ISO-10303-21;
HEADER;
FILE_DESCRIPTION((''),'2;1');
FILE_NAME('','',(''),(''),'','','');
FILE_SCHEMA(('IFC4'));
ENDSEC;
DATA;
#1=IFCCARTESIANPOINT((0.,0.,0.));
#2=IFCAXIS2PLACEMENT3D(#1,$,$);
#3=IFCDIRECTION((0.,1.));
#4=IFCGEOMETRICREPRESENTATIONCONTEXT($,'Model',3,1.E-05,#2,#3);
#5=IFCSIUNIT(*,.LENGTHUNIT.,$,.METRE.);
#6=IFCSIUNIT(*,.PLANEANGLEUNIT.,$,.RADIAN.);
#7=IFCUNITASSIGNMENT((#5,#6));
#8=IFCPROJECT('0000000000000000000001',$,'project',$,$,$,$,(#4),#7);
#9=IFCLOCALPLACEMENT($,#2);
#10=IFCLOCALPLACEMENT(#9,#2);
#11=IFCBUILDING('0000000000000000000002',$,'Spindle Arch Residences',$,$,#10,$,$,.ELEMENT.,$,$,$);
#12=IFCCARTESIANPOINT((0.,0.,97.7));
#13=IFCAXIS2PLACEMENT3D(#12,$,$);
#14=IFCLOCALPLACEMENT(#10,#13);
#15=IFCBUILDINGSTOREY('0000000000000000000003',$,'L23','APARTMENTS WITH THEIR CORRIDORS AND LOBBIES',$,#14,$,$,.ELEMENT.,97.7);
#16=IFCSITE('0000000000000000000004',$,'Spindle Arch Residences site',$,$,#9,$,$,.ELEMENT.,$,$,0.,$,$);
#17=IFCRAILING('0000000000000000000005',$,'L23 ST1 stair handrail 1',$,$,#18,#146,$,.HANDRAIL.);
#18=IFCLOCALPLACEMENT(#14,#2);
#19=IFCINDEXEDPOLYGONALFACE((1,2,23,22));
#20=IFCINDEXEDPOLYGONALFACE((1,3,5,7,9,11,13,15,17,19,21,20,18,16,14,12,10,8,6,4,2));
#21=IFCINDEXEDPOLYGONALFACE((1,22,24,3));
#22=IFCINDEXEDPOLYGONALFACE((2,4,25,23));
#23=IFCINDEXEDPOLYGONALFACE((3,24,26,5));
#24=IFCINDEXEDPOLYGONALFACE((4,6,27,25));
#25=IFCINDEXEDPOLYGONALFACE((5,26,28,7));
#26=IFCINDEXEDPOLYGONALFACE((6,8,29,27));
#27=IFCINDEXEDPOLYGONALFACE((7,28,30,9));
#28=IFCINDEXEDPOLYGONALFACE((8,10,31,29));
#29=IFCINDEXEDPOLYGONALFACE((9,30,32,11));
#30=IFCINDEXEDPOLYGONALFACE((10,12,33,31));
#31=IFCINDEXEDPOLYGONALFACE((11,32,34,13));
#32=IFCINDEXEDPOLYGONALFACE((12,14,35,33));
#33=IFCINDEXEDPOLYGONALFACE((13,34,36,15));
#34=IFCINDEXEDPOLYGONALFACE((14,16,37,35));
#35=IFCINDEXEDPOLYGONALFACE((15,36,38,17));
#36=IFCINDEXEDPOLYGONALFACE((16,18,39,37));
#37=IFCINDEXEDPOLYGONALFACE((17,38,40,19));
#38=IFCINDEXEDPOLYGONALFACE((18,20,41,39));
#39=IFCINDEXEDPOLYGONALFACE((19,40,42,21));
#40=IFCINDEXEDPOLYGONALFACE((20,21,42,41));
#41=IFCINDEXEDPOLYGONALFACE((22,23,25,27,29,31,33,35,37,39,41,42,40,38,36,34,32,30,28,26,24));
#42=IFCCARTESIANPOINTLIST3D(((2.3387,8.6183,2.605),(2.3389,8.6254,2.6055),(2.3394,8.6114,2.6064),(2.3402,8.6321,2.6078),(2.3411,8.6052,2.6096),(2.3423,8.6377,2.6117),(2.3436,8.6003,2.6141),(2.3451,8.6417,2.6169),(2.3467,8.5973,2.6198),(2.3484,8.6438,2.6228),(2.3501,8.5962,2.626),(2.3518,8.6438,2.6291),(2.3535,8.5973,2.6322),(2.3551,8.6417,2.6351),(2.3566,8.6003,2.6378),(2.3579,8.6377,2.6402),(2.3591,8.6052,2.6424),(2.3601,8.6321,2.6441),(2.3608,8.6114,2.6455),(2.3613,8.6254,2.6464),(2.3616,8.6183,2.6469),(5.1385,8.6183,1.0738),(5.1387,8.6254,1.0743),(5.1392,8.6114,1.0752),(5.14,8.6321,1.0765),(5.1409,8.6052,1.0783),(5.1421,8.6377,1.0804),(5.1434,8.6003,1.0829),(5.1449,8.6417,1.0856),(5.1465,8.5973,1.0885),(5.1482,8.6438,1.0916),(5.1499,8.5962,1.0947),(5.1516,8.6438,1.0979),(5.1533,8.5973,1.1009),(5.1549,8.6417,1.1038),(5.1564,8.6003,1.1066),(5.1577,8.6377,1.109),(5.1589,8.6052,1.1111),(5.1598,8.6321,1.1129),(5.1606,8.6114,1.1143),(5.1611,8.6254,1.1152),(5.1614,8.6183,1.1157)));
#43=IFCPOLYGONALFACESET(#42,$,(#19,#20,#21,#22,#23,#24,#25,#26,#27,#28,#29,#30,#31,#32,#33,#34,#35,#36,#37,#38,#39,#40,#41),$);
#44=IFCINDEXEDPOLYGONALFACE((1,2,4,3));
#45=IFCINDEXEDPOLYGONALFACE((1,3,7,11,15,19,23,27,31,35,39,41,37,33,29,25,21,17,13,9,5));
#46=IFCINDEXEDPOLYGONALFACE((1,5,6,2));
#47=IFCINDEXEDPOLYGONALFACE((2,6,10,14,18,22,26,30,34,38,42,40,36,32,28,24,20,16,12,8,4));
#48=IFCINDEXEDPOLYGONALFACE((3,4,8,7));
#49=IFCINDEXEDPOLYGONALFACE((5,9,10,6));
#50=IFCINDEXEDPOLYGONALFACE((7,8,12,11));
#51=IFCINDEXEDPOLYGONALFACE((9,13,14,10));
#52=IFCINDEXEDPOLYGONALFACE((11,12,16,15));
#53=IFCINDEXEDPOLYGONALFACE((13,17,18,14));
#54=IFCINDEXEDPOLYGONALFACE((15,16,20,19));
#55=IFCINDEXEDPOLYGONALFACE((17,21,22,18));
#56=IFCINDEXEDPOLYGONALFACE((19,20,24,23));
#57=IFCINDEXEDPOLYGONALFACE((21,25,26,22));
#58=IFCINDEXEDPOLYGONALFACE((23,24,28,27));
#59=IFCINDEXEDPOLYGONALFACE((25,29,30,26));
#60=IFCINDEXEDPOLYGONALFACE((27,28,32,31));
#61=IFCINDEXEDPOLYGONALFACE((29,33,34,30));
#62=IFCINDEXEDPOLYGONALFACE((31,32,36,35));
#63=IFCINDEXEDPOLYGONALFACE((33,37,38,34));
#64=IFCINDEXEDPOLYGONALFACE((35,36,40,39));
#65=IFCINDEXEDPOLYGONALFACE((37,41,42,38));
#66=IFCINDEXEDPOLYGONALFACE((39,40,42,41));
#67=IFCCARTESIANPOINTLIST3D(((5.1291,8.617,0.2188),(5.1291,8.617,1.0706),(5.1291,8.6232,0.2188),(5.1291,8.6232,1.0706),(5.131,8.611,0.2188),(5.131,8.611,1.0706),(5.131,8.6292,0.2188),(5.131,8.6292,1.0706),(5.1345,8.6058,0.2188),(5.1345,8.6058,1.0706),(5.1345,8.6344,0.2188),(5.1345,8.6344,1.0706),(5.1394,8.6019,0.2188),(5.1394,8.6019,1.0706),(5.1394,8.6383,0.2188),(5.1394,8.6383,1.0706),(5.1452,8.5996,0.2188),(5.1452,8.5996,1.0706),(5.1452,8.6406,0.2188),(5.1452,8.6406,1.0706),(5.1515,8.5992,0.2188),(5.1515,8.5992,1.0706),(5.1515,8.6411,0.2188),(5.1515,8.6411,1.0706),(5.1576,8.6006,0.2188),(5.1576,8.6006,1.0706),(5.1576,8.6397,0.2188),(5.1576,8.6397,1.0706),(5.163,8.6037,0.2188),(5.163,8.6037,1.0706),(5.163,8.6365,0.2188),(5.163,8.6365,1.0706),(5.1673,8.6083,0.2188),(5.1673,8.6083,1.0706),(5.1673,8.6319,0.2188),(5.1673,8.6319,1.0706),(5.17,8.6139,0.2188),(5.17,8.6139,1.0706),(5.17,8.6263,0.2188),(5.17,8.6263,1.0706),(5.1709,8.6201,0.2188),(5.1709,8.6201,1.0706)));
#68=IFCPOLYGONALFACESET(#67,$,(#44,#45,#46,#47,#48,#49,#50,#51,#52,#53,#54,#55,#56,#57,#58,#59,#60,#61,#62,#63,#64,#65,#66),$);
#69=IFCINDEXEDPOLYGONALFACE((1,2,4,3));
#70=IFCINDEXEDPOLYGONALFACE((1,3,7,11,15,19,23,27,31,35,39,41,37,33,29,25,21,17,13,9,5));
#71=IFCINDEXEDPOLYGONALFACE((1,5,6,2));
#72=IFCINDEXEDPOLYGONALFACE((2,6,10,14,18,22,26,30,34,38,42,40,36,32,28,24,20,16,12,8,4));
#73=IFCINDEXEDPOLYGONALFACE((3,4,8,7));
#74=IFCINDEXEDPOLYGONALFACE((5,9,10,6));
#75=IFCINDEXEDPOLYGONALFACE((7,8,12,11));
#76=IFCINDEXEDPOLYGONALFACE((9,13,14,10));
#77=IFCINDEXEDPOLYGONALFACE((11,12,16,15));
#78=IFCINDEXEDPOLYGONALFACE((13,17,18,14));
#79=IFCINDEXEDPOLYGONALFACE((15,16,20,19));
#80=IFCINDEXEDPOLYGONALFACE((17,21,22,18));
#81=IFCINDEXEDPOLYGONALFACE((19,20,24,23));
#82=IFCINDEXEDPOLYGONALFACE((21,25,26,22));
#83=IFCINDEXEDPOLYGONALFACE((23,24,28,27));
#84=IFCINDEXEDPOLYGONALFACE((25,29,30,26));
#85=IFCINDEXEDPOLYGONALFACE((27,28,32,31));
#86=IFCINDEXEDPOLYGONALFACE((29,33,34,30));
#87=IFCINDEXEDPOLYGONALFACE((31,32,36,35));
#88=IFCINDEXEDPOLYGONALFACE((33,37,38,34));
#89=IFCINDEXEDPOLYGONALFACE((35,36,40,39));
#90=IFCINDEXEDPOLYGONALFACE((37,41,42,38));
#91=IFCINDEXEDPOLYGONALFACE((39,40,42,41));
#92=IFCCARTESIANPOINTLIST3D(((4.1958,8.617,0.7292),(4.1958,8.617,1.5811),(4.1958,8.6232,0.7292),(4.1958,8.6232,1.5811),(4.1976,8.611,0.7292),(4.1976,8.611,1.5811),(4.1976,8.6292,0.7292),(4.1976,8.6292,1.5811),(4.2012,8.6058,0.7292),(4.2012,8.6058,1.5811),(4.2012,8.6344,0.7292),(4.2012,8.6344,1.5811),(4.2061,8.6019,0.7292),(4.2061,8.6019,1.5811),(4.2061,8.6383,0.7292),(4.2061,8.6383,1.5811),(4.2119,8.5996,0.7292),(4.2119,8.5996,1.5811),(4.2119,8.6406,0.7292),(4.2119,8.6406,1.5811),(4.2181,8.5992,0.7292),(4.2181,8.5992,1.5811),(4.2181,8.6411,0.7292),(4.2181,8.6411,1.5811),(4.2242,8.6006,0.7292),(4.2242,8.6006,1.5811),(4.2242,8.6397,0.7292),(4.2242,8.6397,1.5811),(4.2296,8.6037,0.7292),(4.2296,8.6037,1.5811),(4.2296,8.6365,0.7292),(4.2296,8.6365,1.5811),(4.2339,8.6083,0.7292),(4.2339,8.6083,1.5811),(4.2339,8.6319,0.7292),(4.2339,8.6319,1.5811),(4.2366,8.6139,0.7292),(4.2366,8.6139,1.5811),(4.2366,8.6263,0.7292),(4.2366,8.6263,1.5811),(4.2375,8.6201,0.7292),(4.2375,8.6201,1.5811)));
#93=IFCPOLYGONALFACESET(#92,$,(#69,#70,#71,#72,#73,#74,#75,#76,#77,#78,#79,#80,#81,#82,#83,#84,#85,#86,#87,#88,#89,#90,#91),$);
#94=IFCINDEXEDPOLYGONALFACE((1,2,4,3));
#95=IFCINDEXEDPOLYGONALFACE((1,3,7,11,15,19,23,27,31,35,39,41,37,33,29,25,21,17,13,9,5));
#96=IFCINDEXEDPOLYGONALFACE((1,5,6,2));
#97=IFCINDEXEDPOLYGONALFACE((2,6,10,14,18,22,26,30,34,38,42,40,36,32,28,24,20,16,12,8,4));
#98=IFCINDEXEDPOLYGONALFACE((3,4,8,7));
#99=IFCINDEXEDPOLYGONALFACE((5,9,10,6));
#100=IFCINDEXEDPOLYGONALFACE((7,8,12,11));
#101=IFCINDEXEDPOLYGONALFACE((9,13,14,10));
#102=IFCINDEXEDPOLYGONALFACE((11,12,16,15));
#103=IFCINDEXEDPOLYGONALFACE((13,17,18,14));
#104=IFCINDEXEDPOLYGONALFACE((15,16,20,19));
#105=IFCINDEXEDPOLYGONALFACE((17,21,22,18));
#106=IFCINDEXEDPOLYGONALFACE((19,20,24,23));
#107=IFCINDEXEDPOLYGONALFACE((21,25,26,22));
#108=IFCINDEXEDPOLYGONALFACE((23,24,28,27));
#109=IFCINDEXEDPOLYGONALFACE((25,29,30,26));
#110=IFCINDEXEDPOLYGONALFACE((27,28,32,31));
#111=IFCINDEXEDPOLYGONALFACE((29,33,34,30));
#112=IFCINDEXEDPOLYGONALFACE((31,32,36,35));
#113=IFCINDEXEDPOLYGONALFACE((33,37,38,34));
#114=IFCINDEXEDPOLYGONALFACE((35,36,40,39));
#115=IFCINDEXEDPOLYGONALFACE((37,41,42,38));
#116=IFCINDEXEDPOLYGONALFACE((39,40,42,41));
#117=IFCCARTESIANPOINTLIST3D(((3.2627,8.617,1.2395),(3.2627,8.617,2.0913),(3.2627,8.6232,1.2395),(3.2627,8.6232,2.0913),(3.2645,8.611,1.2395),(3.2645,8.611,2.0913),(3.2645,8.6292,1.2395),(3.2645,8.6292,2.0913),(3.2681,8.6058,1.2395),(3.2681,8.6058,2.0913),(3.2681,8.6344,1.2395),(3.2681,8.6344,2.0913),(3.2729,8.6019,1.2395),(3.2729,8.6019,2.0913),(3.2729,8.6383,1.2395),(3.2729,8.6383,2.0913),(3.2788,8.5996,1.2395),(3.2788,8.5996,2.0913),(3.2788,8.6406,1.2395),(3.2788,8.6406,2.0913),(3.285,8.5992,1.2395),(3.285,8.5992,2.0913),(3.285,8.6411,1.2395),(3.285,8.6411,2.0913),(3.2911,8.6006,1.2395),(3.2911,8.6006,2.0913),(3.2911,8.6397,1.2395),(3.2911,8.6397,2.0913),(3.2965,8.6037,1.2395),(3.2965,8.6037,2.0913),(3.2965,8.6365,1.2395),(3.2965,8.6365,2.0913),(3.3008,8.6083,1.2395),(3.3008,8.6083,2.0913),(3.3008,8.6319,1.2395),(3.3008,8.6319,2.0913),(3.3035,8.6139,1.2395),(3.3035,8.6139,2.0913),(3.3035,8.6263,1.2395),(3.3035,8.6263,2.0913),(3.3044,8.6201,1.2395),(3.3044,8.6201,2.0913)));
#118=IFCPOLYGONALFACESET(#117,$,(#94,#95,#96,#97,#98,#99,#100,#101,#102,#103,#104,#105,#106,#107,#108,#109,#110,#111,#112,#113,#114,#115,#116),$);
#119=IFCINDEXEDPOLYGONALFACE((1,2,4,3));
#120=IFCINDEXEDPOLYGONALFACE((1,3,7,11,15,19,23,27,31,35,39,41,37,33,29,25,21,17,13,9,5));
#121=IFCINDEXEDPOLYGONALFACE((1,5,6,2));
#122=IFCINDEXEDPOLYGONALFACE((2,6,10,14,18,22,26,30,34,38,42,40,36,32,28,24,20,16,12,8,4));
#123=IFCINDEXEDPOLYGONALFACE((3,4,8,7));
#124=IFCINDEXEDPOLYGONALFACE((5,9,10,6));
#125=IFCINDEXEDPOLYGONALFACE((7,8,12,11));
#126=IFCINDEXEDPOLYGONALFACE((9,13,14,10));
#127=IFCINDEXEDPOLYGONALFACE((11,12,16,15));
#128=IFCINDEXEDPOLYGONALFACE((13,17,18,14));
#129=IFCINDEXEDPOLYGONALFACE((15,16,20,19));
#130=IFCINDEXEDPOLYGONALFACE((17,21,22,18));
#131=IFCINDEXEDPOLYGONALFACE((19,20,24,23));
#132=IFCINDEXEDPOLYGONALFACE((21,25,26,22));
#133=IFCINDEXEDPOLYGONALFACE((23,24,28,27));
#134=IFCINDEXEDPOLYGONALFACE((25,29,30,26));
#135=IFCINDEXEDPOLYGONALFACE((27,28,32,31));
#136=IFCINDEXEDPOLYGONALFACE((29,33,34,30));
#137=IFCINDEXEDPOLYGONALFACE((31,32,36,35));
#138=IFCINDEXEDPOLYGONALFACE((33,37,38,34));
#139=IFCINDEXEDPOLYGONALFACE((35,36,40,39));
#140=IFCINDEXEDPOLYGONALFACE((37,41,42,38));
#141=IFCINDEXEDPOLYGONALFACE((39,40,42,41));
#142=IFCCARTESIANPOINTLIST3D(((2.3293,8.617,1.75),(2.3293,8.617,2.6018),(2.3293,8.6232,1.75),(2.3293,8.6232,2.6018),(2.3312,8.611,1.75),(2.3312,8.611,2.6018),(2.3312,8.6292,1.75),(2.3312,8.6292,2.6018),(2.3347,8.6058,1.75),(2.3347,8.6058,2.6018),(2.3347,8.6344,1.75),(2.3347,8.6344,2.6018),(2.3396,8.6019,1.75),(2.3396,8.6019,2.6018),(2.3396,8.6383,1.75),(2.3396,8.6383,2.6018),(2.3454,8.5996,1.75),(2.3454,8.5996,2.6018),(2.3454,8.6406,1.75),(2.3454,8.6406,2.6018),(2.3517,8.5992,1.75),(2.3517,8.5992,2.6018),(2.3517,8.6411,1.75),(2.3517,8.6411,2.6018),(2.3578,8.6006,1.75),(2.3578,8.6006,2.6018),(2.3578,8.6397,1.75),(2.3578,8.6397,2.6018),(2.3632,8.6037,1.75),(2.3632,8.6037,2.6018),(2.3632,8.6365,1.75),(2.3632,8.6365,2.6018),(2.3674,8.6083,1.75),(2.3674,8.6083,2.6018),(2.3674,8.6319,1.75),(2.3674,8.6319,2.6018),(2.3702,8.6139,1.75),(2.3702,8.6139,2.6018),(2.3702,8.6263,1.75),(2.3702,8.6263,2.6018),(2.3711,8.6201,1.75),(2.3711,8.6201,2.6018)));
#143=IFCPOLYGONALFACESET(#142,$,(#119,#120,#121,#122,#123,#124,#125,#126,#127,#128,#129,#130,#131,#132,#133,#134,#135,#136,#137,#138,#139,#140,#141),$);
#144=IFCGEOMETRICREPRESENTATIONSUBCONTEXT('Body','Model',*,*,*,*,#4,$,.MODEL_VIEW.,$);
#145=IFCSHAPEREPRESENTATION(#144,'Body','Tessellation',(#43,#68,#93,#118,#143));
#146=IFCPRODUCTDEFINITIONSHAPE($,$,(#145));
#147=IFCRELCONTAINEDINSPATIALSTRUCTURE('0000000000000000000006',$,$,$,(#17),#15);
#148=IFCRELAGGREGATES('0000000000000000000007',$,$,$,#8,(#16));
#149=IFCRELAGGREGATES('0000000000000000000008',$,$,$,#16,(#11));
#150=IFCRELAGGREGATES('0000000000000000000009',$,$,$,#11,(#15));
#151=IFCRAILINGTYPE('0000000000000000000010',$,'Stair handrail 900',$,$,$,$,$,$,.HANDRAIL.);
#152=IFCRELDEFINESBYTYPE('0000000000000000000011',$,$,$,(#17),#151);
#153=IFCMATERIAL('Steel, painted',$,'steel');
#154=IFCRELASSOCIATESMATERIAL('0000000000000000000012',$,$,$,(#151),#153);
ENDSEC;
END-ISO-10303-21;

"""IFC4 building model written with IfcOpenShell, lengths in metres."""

from ifc_helpers import new_model, si_unit, direction, frame, origin, origin_2d, place, context, subcontext, project, spatial, circle, extrude, material, type_object, element, save


model = new_model("IFC4")

# Units and contexts
model_context = context("Model", 3, precision=1e-05, world=origin(), true_north=direction((0.0, 1.0)))
body_context = subcontext(model_context, "Body", "Model", "MODEL_VIEW")
ifc_project = project(units=[si_unit("LENGTHUNIT", "METRE"), si_unit("PLANEANGLEUNIT", "RADIAN")], contexts=[model_context])

# Site, building, storey
site_placement = place(None, origin())
site = spatial("IfcSite", under=ifc_project, at=site_placement, Name="Spindle Arch Residences site", CompositionType="ELEMENT", RefElevation=0.0)
building_placement = place(site_placement, origin())
building = spatial("IfcBuilding", under=site, at=building_placement, Name="Spindle Arch Residences", CompositionType="ELEMENT")
storey_placement = place(building_placement, frame((0.0, 0.0, 97.7)))
storey = spatial("IfcBuildingStorey", under=building, at=storey_placement, Name="L23", Description="APARTMENTS WITH THEIR CORRIDORS AND LOBBIES", CompositionType="ELEMENT", Elevation=97.7)

# Railing
ifc_material_1 = material(Name="Steel, painted", Category="steel")
railing_type = type_object("IfcRailingType", Name="Stair handrail 900", PredefinedType="HANDRAIL", material=ifc_material_1)
railing_placement = place(storey_placement, frame((5.1499, 8.6201, 0.2188)))
element("IfcRailing", 1, at=railing_placement, inside=storey, type_object=railing_type, Name="L23 ST1 stair handrail 1", PredefinedType="HANDRAIL", context=body_context, shape_type="SweptSolid", body=[
    extrude(circle(Radius=0.0239, at=origin_2d()), frame((0.0, 0.0, 0.876), z_axis=(-0.877357, 0.0, 0.479838), x_axis=(0.0, -1.0, 0.0)), (0.0, 0.0, 1.0), 3.1912),
    extrude(circle(Radius=0.021, at=origin_2d()), origin(), (0.0, 0.0, 1.0), 0.8518),
    extrude(circle(Radius=0.021, at=origin_2d()), frame((-0.9333, 0.0, 0.5105)), (0.0, 0.0, 1.0), 0.8518),
    extrude(circle(Radius=0.021, at=origin_2d()), frame((-1.8665, 0.0, 1.0208)), (0.0, 0.0, 1.0), 0.8518),
    extrude(circle(Radius=0.021, at=origin_2d()), frame((-2.7998, 0.0, 1.5312)), (0.0, 0.0, 1.0), 0.8518),
])

save(model, "model.ifc")
